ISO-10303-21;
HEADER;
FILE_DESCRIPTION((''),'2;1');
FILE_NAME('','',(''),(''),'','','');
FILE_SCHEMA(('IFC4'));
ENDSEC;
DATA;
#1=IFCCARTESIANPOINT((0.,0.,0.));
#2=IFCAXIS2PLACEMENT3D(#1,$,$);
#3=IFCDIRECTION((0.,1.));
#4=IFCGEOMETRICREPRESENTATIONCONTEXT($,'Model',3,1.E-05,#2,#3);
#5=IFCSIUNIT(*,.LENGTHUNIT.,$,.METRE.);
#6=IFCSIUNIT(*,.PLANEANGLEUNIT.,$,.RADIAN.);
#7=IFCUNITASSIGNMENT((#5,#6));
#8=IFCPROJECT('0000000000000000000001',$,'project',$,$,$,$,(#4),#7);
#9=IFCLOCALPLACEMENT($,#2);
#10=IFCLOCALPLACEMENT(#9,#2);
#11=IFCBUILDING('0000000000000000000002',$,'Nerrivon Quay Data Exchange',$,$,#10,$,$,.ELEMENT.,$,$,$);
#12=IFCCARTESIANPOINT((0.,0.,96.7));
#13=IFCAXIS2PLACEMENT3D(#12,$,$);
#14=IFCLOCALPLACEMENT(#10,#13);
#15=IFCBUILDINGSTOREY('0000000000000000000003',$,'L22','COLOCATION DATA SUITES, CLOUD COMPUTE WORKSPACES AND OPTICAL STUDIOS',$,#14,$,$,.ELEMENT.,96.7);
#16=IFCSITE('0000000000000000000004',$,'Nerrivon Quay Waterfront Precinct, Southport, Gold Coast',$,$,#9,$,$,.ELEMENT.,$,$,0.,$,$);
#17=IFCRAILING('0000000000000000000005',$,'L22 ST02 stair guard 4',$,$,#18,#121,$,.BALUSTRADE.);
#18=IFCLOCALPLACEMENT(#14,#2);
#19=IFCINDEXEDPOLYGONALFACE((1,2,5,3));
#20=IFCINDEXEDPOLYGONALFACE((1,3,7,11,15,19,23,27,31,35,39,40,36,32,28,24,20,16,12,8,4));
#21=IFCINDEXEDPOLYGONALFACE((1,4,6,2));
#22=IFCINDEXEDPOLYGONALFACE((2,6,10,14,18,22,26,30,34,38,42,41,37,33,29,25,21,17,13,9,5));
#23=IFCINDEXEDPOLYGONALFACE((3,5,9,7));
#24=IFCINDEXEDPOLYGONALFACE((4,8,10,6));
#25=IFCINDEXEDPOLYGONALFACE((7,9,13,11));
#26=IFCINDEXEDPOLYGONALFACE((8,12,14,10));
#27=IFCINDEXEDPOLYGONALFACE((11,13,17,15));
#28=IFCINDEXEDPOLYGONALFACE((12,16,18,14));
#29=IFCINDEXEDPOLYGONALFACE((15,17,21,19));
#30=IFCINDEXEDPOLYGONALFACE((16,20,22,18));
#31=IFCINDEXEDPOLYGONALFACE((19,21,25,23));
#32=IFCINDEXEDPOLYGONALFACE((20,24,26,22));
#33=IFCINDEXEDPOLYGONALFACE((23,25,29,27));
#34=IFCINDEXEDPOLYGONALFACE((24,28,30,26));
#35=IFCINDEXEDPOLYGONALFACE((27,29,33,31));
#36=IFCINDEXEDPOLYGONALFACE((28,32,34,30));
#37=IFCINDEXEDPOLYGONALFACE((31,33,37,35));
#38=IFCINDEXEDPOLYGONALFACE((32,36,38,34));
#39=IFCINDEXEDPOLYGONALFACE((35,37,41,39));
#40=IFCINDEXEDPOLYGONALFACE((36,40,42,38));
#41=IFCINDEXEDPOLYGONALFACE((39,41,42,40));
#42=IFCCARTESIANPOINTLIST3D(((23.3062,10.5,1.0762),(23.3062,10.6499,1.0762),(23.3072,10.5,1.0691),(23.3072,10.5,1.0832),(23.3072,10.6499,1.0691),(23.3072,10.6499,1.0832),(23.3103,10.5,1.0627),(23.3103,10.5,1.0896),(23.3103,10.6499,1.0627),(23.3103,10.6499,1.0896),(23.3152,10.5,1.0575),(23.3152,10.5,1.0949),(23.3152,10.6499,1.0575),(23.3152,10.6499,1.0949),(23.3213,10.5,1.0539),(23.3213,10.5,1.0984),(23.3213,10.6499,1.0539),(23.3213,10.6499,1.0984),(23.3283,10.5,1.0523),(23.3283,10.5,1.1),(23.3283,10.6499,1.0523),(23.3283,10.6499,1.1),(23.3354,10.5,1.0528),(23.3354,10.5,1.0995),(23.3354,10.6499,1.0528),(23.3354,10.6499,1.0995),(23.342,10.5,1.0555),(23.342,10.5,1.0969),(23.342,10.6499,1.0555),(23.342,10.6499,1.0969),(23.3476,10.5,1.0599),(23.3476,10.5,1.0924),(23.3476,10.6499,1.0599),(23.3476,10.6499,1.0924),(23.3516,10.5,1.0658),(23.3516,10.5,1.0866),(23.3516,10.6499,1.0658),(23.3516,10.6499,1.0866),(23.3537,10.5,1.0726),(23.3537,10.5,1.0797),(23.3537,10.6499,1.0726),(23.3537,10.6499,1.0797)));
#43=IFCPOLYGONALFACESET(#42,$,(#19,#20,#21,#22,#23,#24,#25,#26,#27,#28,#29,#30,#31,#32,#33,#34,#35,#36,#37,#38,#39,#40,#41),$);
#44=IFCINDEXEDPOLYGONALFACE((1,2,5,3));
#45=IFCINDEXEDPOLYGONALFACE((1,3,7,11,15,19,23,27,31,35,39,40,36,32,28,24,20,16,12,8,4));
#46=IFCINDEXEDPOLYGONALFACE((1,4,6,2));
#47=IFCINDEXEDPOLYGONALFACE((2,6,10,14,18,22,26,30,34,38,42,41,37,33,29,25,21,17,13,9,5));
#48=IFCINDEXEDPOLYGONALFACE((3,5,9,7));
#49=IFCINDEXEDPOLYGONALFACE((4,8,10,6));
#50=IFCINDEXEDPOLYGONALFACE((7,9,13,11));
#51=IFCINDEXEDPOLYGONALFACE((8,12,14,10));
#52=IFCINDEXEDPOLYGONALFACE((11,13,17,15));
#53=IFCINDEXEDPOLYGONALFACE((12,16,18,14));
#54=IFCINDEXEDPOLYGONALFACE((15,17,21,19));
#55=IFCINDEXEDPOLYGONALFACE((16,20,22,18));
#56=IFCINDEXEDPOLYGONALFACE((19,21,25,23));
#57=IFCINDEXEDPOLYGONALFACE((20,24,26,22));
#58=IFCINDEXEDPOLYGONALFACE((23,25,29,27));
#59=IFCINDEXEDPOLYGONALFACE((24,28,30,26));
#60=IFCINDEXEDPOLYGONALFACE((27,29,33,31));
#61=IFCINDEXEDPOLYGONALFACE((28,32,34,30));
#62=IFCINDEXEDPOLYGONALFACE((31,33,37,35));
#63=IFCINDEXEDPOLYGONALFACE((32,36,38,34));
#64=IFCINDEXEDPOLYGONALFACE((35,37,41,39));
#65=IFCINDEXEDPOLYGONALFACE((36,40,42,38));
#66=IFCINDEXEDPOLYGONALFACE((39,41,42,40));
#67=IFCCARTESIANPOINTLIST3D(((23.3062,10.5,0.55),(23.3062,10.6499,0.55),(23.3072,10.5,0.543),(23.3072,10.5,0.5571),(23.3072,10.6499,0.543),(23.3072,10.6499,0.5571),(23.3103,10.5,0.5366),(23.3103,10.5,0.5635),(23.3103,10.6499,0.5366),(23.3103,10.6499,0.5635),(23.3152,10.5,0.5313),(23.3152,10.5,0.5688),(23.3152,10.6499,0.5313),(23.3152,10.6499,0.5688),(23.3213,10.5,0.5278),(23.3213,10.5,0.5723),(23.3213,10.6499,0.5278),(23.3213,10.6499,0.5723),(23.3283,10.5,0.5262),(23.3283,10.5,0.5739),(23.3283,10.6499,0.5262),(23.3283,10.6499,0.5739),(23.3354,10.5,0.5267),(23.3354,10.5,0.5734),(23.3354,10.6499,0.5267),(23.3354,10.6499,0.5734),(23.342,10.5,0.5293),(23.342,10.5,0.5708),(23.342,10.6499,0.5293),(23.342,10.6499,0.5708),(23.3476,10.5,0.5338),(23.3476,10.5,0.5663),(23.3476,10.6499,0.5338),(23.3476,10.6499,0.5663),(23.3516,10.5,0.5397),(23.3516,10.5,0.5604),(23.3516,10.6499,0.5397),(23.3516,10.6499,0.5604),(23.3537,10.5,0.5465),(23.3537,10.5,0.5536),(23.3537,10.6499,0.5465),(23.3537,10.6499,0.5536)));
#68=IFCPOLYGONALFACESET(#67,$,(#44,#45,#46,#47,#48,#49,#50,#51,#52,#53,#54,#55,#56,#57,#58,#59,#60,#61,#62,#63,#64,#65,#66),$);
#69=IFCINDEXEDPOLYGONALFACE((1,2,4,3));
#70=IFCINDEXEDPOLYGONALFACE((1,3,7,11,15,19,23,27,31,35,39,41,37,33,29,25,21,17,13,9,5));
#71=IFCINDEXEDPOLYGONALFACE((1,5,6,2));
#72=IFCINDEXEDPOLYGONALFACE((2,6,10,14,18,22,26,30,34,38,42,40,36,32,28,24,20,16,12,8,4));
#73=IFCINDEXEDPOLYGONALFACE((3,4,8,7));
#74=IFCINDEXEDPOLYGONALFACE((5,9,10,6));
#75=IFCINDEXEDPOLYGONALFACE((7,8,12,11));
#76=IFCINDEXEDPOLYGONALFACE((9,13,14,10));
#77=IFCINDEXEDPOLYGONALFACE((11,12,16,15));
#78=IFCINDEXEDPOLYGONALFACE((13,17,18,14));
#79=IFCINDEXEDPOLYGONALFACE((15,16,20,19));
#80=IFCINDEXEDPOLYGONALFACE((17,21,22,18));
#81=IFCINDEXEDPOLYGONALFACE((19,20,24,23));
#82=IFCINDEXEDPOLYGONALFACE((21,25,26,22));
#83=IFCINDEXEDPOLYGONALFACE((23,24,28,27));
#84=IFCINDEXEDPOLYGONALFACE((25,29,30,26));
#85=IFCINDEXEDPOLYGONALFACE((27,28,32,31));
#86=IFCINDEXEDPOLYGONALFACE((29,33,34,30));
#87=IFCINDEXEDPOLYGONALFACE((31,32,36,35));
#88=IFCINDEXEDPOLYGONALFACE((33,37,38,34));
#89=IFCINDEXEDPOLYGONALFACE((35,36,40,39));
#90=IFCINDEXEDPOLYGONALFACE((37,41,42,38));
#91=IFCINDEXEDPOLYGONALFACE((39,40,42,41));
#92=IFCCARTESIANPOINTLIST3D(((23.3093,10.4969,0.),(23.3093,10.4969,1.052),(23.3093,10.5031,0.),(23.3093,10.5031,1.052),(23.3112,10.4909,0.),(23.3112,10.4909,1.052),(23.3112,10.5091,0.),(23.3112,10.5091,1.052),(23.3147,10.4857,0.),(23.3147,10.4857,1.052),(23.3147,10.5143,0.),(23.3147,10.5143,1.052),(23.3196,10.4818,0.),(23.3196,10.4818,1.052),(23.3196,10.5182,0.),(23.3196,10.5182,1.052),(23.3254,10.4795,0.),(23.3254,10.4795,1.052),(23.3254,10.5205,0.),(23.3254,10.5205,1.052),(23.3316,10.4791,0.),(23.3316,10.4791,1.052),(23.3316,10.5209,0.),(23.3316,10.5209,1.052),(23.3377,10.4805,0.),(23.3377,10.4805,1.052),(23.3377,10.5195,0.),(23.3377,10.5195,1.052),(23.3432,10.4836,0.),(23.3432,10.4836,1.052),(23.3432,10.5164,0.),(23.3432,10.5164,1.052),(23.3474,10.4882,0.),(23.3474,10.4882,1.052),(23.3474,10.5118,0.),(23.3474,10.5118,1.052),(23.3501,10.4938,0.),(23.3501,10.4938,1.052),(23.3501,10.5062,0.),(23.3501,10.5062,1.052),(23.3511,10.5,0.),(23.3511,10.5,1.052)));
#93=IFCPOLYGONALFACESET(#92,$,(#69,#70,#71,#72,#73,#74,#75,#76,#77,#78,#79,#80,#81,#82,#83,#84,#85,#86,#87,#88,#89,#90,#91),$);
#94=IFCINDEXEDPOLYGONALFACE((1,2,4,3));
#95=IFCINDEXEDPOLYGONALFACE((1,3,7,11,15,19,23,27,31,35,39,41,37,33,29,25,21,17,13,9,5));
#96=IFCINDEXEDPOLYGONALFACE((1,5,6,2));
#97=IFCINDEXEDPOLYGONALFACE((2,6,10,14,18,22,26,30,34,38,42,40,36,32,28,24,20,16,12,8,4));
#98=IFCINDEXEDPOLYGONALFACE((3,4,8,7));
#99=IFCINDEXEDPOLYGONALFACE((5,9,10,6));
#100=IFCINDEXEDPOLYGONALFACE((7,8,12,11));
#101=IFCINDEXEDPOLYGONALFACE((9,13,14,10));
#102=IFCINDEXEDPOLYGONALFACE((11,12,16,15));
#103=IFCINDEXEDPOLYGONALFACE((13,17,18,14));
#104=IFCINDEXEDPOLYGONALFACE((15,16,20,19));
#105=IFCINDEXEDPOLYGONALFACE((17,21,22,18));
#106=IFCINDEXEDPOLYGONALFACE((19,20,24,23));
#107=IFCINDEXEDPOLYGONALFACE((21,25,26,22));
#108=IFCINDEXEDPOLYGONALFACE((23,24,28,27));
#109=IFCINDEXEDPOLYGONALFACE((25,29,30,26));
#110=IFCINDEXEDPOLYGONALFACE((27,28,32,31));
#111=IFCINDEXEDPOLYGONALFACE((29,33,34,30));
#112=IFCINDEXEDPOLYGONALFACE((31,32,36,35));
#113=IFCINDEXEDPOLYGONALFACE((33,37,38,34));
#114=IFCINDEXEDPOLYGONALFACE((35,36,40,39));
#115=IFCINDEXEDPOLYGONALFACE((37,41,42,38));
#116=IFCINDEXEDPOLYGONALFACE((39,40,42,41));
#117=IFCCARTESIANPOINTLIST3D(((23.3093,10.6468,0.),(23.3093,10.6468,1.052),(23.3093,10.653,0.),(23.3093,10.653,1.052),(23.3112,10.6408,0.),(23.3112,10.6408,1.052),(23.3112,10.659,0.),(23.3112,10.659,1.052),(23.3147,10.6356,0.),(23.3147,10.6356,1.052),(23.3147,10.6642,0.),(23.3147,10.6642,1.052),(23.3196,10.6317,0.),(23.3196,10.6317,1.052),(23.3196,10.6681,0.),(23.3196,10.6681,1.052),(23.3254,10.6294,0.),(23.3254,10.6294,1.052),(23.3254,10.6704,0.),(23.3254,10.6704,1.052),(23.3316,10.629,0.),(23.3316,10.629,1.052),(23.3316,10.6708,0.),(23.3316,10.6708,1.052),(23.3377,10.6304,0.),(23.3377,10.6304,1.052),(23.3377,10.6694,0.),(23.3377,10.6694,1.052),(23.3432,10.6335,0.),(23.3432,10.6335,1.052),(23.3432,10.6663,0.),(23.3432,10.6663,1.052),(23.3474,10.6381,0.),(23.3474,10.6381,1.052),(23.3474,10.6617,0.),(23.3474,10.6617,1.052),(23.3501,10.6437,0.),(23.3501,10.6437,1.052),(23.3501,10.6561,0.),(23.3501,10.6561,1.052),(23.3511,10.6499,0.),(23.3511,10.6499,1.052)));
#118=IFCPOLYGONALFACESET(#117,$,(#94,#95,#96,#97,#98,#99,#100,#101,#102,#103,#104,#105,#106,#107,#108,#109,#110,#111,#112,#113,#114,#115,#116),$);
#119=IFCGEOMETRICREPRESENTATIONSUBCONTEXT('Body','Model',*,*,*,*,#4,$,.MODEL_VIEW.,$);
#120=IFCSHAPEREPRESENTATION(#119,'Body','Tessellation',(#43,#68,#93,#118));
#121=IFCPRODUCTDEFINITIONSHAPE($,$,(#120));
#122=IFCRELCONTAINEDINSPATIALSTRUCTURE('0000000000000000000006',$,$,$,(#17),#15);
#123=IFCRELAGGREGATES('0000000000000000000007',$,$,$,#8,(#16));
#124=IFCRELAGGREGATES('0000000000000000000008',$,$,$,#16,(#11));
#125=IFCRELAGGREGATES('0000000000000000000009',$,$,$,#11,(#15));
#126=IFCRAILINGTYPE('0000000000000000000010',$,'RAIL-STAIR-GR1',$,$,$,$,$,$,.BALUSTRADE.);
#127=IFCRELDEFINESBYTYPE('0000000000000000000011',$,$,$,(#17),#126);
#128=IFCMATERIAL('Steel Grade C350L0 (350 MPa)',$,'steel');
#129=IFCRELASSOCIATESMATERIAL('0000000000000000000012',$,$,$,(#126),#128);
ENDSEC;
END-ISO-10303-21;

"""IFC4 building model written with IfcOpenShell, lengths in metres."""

from ifc_helpers import new_model, si_unit, direction, frame, origin, origin_2d, place, context, subcontext, project, spatial, circle, extrude, material, type_object, element, save


model = new_model("IFC4")

# Units and contexts
model_context = context("Model", 3, precision=1e-05, world=origin(), true_north=direction((0.0, 1.0)))
body_context = subcontext(model_context, "Body", "Model", "MODEL_VIEW")
ifc_project = project(units=[si_unit("LENGTHUNIT", "METRE"), si_unit("PLANEANGLEUNIT", "RADIAN")], contexts=[model_context])

# Site, building, storey
site_placement = place(None, origin())
site = spatial("IfcSite", under=ifc_project, at=site_placement, Name="Nerrivon Quay Waterfront Precinct, Southport, Gold Coast", CompositionType="ELEMENT", RefElevation=0.0)
building_placement = place(site_placement, origin())
building = spatial("IfcBuilding", under=site, at=building_placement, Name="Nerrivon Quay Data Exchange", CompositionType="ELEMENT")
storey_placement = place(building_placement, frame((0.0, 0.0, 96.7)))
storey = spatial("IfcBuildingStorey", under=building, at=storey_placement, Name="L22", Description="COLOCATION DATA SUITES, CLOUD COMPUTE WORKSPACES AND OPTICAL STUDIOS", CompositionType="ELEMENT", Elevation=96.7)

# Railing
ifc_material_1 = material(Name="Steel Grade C350L0 (350 MPa)", Category="steel")
railing_type_1 = type_object("IfcRailingType", Name="RAIL-STAIR-GR1", PredefinedType="BALUSTRADE", material=ifc_material_1)
railing_1_placement = place(storey_placement, frame((23.3301, 10.5, 0.0)))
element("IfcRailing", 1, at=railing_1_placement, inside=storey, type_object=railing_type_1, Name="L22 ST02 stair guard 4", PredefinedType="BALUSTRADE", context=body_context, shape_type="SweptSolid", body=[
    extrude(circle(Radius=0.0239, at=origin_2d()), frame((0.0, 0.0, 1.0762), z_axis=(0.0, 1.0, 0.0), x_axis=(-1.0, 0.0, 0.0)), (0.0, 0.0, 1.0), 0.1499),
    extrude(circle(Radius=0.0239, at=origin_2d()), frame((0.0, 0.0, 0.55), z_axis=(0.0, 1.0, 0.0), x_axis=(-1.0, 0.0, 0.0)), (0.0, 0.0, 1.0), 0.1499),
    extrude(circle(Radius=0.021, at=origin_2d()), origin(), (0.0, 0.0, 1.0), 1.052),
    extrude(circle(Radius=0.021, at=origin_2d()), frame((0.0, 0.1499, 0.0)), (0.0, 0.0, 1.0), 1.052),
])

save(model, "model.ifc")
